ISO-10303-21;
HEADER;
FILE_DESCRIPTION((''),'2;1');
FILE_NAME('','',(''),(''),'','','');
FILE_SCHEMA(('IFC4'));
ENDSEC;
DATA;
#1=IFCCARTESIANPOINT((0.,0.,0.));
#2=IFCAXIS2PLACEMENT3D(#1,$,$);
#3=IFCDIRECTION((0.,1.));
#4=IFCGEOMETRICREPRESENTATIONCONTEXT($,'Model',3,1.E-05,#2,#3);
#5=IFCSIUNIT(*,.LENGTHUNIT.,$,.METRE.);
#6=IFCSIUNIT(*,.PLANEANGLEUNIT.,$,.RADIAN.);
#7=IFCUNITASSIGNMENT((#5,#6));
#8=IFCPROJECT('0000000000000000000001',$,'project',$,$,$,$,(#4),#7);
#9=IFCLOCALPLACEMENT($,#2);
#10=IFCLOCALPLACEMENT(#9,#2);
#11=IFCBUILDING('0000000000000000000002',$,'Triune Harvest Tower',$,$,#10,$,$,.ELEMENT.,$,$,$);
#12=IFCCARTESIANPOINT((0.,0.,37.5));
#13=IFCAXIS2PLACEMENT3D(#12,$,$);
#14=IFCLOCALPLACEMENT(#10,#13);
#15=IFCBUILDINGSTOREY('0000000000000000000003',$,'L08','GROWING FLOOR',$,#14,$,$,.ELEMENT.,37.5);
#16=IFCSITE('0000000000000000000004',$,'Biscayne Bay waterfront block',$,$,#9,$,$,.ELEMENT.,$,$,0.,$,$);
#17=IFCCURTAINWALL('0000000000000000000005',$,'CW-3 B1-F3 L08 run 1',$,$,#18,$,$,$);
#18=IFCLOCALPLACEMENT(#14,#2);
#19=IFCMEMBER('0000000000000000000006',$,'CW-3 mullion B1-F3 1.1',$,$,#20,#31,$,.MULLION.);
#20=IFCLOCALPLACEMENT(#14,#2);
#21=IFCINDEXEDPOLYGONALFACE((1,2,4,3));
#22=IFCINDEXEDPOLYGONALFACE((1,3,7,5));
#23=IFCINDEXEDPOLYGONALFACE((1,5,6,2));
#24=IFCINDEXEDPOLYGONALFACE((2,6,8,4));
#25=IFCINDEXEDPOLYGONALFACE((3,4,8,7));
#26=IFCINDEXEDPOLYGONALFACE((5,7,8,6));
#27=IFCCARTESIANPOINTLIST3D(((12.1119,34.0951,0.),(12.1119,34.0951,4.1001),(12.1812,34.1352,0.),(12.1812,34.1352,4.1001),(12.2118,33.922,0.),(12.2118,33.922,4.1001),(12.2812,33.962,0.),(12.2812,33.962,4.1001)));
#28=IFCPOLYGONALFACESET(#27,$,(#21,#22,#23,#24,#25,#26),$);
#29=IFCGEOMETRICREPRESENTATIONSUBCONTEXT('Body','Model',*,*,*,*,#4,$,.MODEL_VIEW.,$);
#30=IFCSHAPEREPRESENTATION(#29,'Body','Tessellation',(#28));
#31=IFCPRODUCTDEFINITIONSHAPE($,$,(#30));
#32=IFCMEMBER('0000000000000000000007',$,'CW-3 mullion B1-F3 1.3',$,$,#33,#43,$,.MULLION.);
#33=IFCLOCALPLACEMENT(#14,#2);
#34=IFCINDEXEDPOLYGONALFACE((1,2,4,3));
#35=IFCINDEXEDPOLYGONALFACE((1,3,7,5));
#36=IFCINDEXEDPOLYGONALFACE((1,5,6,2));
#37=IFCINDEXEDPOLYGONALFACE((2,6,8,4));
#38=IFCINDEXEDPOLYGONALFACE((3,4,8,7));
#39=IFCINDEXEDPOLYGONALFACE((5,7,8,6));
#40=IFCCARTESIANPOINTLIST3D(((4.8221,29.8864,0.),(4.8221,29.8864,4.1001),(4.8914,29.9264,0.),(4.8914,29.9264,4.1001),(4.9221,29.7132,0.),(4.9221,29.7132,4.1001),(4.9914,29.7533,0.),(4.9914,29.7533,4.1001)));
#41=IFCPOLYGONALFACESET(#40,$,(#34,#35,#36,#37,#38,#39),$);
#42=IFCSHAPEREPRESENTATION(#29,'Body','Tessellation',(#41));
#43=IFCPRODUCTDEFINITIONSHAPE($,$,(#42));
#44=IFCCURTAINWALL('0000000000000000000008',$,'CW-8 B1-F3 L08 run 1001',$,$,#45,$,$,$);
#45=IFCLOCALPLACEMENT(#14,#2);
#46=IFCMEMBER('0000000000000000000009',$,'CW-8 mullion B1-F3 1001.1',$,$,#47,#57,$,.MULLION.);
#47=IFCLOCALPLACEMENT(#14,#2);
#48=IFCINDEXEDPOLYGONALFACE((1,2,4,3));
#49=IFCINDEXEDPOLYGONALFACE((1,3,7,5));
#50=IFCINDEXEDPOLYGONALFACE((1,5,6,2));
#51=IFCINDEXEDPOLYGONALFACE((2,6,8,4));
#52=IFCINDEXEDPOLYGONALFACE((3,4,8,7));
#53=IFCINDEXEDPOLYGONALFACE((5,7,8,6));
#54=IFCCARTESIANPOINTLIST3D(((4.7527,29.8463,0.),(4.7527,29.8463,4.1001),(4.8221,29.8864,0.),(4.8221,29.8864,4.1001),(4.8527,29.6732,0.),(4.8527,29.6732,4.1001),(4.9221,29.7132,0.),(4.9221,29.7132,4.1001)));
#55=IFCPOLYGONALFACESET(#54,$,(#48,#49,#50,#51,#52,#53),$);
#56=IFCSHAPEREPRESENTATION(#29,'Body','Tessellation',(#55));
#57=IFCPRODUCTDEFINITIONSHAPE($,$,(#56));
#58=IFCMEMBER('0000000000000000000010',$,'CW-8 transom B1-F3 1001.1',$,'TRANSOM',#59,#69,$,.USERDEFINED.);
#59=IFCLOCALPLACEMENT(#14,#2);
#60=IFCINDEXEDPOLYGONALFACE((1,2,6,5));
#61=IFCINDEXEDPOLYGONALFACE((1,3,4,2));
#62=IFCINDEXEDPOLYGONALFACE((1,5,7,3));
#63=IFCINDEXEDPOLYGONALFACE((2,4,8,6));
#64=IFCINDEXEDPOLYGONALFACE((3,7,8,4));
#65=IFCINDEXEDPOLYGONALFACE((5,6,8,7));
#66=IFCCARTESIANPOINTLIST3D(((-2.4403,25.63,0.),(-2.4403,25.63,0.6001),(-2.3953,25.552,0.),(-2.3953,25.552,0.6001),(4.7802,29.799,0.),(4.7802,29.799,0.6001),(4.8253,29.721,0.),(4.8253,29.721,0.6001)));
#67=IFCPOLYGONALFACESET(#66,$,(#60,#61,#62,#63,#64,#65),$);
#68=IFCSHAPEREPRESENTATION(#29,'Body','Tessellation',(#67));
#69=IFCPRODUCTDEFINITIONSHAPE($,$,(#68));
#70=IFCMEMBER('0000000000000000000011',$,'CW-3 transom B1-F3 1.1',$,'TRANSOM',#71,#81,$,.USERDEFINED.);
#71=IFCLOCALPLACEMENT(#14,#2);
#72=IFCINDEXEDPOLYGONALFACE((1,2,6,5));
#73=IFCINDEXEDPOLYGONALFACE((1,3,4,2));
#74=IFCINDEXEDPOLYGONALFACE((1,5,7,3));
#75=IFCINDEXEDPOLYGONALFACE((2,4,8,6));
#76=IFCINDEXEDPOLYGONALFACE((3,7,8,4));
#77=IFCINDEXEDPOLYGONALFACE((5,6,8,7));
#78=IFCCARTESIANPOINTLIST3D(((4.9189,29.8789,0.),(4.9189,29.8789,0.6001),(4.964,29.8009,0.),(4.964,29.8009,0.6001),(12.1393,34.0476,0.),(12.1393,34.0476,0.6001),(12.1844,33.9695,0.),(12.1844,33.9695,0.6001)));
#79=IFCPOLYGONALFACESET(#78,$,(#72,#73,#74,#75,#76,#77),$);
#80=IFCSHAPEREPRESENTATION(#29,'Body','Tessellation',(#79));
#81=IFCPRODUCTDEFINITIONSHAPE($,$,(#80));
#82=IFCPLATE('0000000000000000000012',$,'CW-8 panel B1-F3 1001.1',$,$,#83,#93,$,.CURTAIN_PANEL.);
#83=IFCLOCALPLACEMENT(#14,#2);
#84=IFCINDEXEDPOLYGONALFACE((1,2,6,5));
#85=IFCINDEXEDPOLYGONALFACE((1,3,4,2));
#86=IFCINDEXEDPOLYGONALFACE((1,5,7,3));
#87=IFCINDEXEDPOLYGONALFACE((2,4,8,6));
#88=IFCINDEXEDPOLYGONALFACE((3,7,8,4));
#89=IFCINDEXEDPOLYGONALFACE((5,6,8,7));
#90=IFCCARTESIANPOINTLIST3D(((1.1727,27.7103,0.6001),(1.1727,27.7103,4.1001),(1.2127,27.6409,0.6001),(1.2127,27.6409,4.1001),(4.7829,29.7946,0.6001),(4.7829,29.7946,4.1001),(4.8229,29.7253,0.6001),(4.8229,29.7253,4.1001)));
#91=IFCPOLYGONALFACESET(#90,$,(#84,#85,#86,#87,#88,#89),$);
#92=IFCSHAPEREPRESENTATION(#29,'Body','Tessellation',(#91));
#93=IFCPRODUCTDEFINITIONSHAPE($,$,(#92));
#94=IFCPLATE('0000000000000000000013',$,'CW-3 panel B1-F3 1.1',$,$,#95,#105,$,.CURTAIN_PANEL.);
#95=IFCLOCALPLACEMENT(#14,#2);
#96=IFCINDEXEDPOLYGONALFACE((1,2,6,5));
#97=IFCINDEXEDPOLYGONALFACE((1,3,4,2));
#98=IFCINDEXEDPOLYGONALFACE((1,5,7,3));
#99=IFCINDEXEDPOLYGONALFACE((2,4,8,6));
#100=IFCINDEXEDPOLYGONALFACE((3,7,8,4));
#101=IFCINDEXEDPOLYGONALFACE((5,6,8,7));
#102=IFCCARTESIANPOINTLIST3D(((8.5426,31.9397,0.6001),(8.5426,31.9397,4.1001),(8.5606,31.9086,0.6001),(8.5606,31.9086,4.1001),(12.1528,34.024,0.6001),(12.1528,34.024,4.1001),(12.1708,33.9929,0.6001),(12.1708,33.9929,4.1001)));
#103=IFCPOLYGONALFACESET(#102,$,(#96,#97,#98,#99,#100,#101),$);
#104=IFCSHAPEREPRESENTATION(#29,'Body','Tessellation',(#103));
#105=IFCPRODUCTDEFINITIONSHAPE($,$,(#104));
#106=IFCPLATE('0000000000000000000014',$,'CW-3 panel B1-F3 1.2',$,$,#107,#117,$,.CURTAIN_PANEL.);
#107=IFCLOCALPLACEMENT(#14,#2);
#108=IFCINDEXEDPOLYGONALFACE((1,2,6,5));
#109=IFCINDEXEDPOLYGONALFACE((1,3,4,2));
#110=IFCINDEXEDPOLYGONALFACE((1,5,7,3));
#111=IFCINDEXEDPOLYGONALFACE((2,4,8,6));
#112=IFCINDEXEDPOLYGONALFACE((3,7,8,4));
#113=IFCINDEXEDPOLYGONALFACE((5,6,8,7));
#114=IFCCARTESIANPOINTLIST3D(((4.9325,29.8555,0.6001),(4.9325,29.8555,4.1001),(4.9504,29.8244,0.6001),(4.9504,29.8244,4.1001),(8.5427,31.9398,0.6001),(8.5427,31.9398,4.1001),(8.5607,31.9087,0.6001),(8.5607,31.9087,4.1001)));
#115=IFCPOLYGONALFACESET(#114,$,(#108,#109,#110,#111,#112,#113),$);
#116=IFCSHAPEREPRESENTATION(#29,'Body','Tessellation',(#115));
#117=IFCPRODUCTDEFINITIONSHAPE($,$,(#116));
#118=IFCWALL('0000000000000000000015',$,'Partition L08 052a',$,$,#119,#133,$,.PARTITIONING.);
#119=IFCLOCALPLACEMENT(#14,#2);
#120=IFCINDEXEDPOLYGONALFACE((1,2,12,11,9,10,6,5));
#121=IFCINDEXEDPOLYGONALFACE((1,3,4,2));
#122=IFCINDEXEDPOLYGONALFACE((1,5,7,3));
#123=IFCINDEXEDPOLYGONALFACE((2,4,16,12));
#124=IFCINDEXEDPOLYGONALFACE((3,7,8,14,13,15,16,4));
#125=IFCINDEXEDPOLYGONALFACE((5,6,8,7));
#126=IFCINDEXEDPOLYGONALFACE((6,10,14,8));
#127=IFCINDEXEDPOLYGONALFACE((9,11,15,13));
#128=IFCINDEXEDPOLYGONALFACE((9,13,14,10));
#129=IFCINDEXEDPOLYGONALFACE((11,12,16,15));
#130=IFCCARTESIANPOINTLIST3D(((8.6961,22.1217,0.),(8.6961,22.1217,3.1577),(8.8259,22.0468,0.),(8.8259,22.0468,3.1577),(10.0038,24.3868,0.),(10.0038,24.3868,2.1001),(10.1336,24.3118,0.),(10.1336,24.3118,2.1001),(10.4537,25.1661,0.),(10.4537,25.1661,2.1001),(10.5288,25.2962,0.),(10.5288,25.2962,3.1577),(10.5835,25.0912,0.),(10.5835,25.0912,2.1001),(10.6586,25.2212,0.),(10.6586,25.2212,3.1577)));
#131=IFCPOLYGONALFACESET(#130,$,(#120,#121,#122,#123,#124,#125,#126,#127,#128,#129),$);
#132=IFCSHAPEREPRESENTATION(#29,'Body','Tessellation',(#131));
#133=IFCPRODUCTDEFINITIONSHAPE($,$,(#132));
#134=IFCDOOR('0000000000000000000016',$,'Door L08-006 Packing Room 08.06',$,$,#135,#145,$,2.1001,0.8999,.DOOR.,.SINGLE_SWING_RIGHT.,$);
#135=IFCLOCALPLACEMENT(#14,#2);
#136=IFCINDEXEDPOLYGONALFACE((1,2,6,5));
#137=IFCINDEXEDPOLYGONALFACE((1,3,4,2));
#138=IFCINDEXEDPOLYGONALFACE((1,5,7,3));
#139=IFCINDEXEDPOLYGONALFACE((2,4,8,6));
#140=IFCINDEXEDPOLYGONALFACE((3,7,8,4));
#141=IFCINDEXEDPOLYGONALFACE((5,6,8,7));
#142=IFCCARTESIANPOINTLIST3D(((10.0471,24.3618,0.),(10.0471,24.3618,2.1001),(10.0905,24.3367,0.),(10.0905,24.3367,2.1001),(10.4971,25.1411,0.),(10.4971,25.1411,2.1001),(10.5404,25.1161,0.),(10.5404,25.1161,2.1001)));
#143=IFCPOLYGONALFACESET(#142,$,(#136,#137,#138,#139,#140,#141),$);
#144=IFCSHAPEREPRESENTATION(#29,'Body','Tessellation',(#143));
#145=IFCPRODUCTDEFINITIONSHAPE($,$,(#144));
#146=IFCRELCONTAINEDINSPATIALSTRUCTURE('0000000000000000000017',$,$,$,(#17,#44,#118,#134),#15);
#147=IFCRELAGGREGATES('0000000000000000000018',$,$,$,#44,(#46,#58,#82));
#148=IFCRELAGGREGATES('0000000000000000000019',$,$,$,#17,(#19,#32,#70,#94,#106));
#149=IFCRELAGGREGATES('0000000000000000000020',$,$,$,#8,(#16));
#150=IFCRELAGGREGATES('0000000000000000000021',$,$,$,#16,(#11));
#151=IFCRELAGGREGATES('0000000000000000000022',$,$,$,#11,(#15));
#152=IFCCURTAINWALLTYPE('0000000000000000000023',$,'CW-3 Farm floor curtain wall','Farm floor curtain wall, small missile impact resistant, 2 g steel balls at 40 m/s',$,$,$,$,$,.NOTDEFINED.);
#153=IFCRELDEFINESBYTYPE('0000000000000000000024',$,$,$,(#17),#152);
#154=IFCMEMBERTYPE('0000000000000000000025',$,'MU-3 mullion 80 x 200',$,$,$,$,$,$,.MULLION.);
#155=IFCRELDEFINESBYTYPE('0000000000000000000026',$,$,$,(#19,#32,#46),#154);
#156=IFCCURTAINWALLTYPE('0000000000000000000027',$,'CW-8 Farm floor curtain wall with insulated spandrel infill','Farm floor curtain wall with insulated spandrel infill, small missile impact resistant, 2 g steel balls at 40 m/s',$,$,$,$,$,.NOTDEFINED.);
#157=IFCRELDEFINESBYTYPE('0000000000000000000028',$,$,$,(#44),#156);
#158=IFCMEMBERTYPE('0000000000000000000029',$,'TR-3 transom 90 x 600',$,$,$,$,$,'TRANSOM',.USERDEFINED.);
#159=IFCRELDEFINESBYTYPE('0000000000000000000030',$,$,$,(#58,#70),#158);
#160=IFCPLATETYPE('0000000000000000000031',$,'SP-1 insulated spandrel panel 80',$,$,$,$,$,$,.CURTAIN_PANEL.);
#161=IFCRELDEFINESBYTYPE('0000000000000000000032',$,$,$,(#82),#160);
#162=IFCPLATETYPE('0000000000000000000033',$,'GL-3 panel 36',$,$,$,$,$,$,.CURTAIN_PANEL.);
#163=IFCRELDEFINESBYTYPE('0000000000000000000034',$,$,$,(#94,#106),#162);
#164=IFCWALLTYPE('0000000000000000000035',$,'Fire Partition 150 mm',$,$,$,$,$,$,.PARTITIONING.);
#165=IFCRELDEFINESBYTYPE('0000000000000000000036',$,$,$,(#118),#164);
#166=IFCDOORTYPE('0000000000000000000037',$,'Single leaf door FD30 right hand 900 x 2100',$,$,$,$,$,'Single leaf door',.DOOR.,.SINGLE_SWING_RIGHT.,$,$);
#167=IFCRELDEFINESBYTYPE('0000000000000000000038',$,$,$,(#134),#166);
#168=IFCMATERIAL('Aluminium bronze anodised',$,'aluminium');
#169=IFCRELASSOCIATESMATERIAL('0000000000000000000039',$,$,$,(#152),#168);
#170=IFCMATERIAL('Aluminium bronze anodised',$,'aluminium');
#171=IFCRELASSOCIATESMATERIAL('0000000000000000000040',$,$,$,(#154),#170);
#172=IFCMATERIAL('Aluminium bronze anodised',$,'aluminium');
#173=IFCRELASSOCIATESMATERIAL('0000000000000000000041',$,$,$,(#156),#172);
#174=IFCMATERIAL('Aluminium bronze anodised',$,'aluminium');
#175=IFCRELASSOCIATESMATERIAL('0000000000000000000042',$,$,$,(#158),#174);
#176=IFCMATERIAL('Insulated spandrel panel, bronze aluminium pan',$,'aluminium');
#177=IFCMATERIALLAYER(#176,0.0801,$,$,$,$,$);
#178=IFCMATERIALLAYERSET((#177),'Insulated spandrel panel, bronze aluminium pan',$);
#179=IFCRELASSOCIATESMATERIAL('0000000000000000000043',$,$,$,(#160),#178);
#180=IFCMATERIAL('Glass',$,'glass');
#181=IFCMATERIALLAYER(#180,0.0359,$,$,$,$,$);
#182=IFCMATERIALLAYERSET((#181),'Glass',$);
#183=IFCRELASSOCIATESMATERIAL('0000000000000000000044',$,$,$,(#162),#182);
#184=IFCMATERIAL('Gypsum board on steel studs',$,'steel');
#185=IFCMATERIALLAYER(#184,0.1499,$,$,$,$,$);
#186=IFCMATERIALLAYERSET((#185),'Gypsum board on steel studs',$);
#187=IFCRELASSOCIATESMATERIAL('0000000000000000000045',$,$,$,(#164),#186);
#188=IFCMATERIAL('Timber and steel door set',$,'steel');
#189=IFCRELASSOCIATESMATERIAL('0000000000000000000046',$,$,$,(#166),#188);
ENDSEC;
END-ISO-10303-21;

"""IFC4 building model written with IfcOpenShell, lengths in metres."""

from ifc_helpers import new_model, si_unit, direction, frame, frame_2d, origin, origin_2d, place, context, subcontext, project, spatial, rectangle, extrude, source, transform, mapped, material, layer, layer_set, material_profile, profile_set, type_object, element, fill, aggregate, save


model = new_model("IFC4")

# Units and contexts
model_context = context("Model", 3, precision=1e-05, world=origin(), true_north=direction((0.0, 1.0)))
body_context = subcontext(model_context, "Body", "Model", "MODEL_VIEW")
ifc_project = project(units=[si_unit("LENGTHUNIT", "METRE"), si_unit("PLANEANGLEUNIT", "RADIAN")], contexts=[model_context])

# Site, building, storey
site_placement = place(None, origin())
site = spatial("IfcSite", under=ifc_project, at=site_placement, Name="Biscayne Bay waterfront block", CompositionType="ELEMENT", RefElevation=0.0)
building_placement = place(site_placement, origin())
building = spatial("IfcBuilding", under=site, at=building_placement, Name="Triune Harvest Tower", CompositionType="ELEMENT")
storey_placement = place(building_placement, frame((0.0, 0.0, 37.5)))
storey = spatial("IfcBuildingStorey", under=building, at=storey_placement, Name="L08", Description="GROWING FLOOR", CompositionType="ELEMENT", Elevation=37.5)

# Curtain walls, members
ifc_material_1 = material(Name="Aluminium bronze anodised", Category="aluminium")
curtain_wall_type_1 = type_object("IfcCurtainWallType", Name="CW-3 Farm floor curtain wall", Description="Farm floor curtain wall, small missile impact resistant, 2 g steel balls at 40 m/s", PredefinedType="NOTDEFINED", material=ifc_material_1)
curtain_wall_1_placement = place(storey_placement, origin())
curtain_wall_1 = element("IfcCurtainWall", 1, at=curtain_wall_1_placement, inside=storey, type_object=curtain_wall_type_1, Name="CW-3 B1-F3 L08 run 1")
ifc_material_2 = material(Name="Aluminium bronze anodised", Category="aluminium")
ifc_material_profile_1 = material_profile(ifc_material_2, rectangle(XDim=0.2, YDim=0.0801, at=origin_2d()), Name="MU-3 mullion 80 x 200")
ifc_profile_set_1 = profile_set([ifc_material_profile_1], Name="Aluminium bronze anodised")
member_type_1 = type_object("IfcMemberType", Name="MU-3 mullion 80 x 200", PredefinedType="MULLION", material=ifc_profile_set_1)
shared_shape_1 = source(origin(), body_context, "Body", "SweptSolid", [
    extrude(rectangle(XDim=0.2, YDim=0.0801, at=origin_2d()), origin(), (0.0, 0.0, 1.0), 4.1001),
])
member_1_placement = place(storey_placement, frame((12.1965, 34.0286, 0.0), z_axis=(0.0, 0.0, 1.0), x_axis=(0.499995, -0.866028, 0.0)))
member_1 = element("IfcMember", 2, at=member_1_placement, type_object=member_type_1, Name="CW-3 mullion B1-F3 1.1", PredefinedType="MULLION", context=body_context, shape_type="MappedRepresentation", body=[
    mapped(shared_shape_1, transform((0.0, 0.0, 0.0), scale=1.0)),
])
member_2_placement = place(storey_placement, frame((4.9067, 29.8198, 0.0), z_axis=(0.0, 0.0, 1.0), x_axis=(0.499995, -0.866028, 0.0)))
member_2 = element("IfcMember", 3, at=member_2_placement, type_object=member_type_1, Name="CW-3 mullion B1-F3 1.3", PredefinedType="MULLION", context=body_context, shape_type="MappedRepresentation", body=[
    mapped(shared_shape_1, transform((0.0, 0.0, 0.0), scale=1.0)),
])
ifc_material_3 = material(Name="Aluminium bronze anodised", Category="aluminium")
curtain_wall_type_2 = type_object("IfcCurtainWallType", Name="CW-8 Farm floor curtain wall with insulated spandrel infill", Description="Farm floor curtain wall with insulated spandrel infill, small missile impact resistant, 2 g steel balls at 40 m/s", PredefinedType="NOTDEFINED", material=ifc_material_3)
curtain_wall_2_placement = place(storey_placement, origin())
curtain_wall_2 = element("IfcCurtainWall", 4, at=curtain_wall_2_placement, inside=storey, type_object=curtain_wall_type_2, Name="CW-8 B1-F3 L08 run 1001")
member_3_placement = place(storey_placement, frame((4.8374, 29.7798, 0.0), z_axis=(0.0, 0.0, 1.0), x_axis=(0.500007, -0.866021, 0.0)))
member_3 = element("IfcMember", 5, at=member_3_placement, type_object=member_type_1, Name="CW-8 mullion B1-F3 1001.1", PredefinedType="MULLION", context=body_context, shape_type="MappedRepresentation", body=[
    mapped(shared_shape_1, transform((0.0, 0.0, 0.0), scale=1.0)),
])
ifc_material_4 = material(Name="Aluminium bronze anodised", Category="aluminium")
ifc_material_profile_2 = material_profile(ifc_material_4, rectangle(XDim=0.0901, YDim=0.6001, at=origin_2d()), Name="TR-3 transom 90 x 600")
ifc_profile_set_2 = profile_set([ifc_material_profile_2], Name="Aluminium bronze anodised")
member_type_2 = type_object("IfcMemberType", Name="TR-3 transom 90 x 600", ElementType="TRANSOM", PredefinedType="USERDEFINED", material=ifc_profile_set_2)
shared_shape_2 = source(origin(), body_context, "Body", "SweptSolid", [
    extrude(rectangle(XDim=0.0901, YDim=0.6001, at=origin_2d()), origin(), (0.0, 0.0, 1.0), 8.3376),
])
member_4_placement = place(storey_placement, frame((4.8027, 29.76, 0.3), z_axis=(-0.866014, -0.500019, 0.0), x_axis=(0.500019, -0.866014, 0.0)))
member_4 = element("IfcMember", 6, at=member_4_placement, type_object=member_type_2, Name="CW-8 transom B1-F3 1001.1", ObjectType="TRANSOM", PredefinedType="USERDEFINED", context=body_context, shape_type="MappedRepresentation", body=[
    mapped(shared_shape_2, transform((0.0, 0.0, 0.0), scale=1.0)),
])

# Member
shared_shape_3 = source(origin(), body_context, "Body", "SweptSolid", [
    extrude(rectangle(XDim=0.0901, YDim=0.6001, at=origin_2d()), origin(), (0.0, 0.0, 1.0), 8.3374),
])
member_5_placement = place(storey_placement, frame((12.1619, 34.0085, 0.3), z_axis=(-0.866027, -0.499997, 0.0), x_axis=(0.499997, -0.866027, 0.0)))
member_5 = element("IfcMember", 7, at=member_5_placement, type_object=member_type_2, Name="CW-3 transom B1-F3 1.1", ObjectType="TRANSOM", PredefinedType="USERDEFINED", context=body_context, shape_type="MappedRepresentation", body=[
    mapped(shared_shape_3, transform((0.0, 0.0, 0.0), scale=1.0)),
])

# Plates
ifc_material_5 = material(Name="Insulated spandrel panel, bronze aluminium pan", Category="aluminium")
ifc_layer_1 = layer(ifc_material_5, 0.0801)
ifc_layer_set_1 = layer_set([ifc_layer_1], Name="Insulated spandrel panel, bronze aluminium pan")
plate_type_1 = type_object("IfcPlateType", Name="SP-1 insulated spandrel panel 80", PredefinedType="CURTAIN_PANEL", material=ifc_layer_set_1)
shared_shape_4 = source(origin(), body_context, "Body", "SweptSolid", [
    extrude(rectangle(XDim=4.1687, YDim=0.0801, at=origin_2d()), origin(), (0.0, 0.0, 1.0), 3.5),
])
plate_1_placement = place(storey_placement, frame((2.9978, 28.7178, 0.6001), z_axis=(0.0, 0.0, 1.0), x_axis=(-0.866021, -0.500007, 0.0)))
plate_1 = element("IfcPlate", 8, at=plate_1_placement, type_object=plate_type_1, Name="CW-8 panel B1-F3 1001.1", PredefinedType="CURTAIN_PANEL", context=body_context, shape_type="MappedRepresentation", body=[
    mapped(shared_shape_4, transform((0.0, 0.0, 0.0), scale=1.0)),
])
aggregate(curtain_wall_2, [member_3, member_4, plate_1])
ifc_material_6 = material(Name="Glass", Category="glass")
ifc_layer_2 = layer(ifc_material_6, 0.0359)
ifc_layer_set_2 = layer_set([ifc_layer_2], Name="Glass")
plate_type_2 = type_object("IfcPlateType", Name="GL-3 panel 36", PredefinedType="CURTAIN_PANEL", material=ifc_layer_set_2)
shared_shape_5 = source(origin(), body_context, "Body", "SweptSolid", [
    extrude(rectangle(XDim=4.1687, YDim=0.0359, at=origin_2d()), origin(), (0.0, 0.0, 1.0), 3.5),
])
plate_2_placement = place(storey_placement, frame((10.3567, 32.9663, 0.6001), z_axis=(0.0, 0.0, 1.0), x_axis=(-0.866028, -0.499995, 0.0)))
plate_2 = element("IfcPlate", 9, at=plate_2_placement, type_object=plate_type_2, Name="CW-3 panel B1-F3 1.1", PredefinedType="CURTAIN_PANEL", context=body_context, shape_type="MappedRepresentation", body=[
    mapped(shared_shape_5, transform((0.0, 0.0, 0.0), scale=1.0)),
])
plate_3_placement = place(storey_placement, frame((6.7466, 30.8821, 0.6001), z_axis=(0.0, 0.0, 1.0), x_axis=(-0.866028, -0.499995, 0.0)))
plate_3 = element("IfcPlate", 10, at=plate_3_placement, type_object=plate_type_2, Name="CW-3 panel B1-F3 1.2", PredefinedType="CURTAIN_PANEL", context=body_context, shape_type="MappedRepresentation", body=[
    mapped(shared_shape_5, transform((0.0, 0.0, 0.0), scale=1.0)),
])
aggregate(curtain_wall_1, [member_1, member_2, member_5, plate_2, plate_3])

# Wall, opening, door
ifc_material_7 = material(Name="Gypsum board on steel studs", Category="steel")
ifc_layer_3 = layer(ifc_material_7, 0.1499)
ifc_layer_set_3 = layer_set([ifc_layer_3], Name="Gypsum board on steel studs")
wall_type_1 = type_object("IfcWallType", Name="Fire Partition 150 mm", PredefinedType="PARTITIONING", material=ifc_layer_set_3)
wall_1_placement = place(storey_placement, frame((8.761, 22.0842, 0.0), z_axis=(0.0, 0.0, 1.0), x_axis=(0.499986, 0.866034, 0.0)))
wall_1 = element("IfcWall", 11, at=wall_1_placement, inside=storey, type_object=wall_type_1, Name="Partition L08 052a", PredefinedType="PARTITIONING", context=body_context, shape_type="SweptSolid", body=[
    extrude(rectangle(XDim=3.6655, YDim=0.1499, at=frame_2d((1.8328, 0.0))), origin(), (0.0, 0.0, 1.0), 3.1577),
])
opening_1_placement = place(wall_1_placement, frame((2.6155, 0.0, 0.0)))
opening_1 = element("IfcOpeningElement", 12, at=opening_1_placement, cuts=wall_1, PredefinedType="OPENING", context=body_context, shape_type="SweptSolid", body=[
    extrude(rectangle(XDim=0.8999, YDim=2.1001, at=frame_2d((0.45, 1.05))), frame((0.0, 0.085, 0.0), z_axis=(0.0, -1.0, 0.0), x_axis=(1.0, 0.0, 0.0)), (0.0, 0.0, 1.0), 0.1699),
])
ifc_material_8 = material(Name="Timber and steel door set", Category="steel")
door_type_1 = type_object("IfcDoorType", Name="Single leaf door FD30 right hand 900 x 2100", ElementType="Single leaf door", OperationType="SINGLE_SWING_RIGHT", PredefinedType="DOOR", material=ifc_material_8)
door_1_placement = place(opening_1_placement, origin())
door_1 = element("IfcDoor", 13, at=door_1_placement, inside=storey, type_object=door_type_1, Name="Door L08-006 Packing Room 08.06", OperationType="SINGLE_SWING_RIGHT", OverallHeight=2.1001, OverallWidth=0.8999, PredefinedType="DOOR", context=body_context, shape_type="SweptSolid", body=[
    extrude(rectangle(XDim=0.8999, YDim=2.1001, at=frame_2d((0.45, 1.05))), frame((0.0, 0.0249, 0.0), z_axis=(0.0, -1.0, 0.0), x_axis=(1.0, 0.0, 0.0)), (0.0, 0.0, 1.0), 0.05),
])
fill(opening_1, door_1)

save(model, "model.ifc")
